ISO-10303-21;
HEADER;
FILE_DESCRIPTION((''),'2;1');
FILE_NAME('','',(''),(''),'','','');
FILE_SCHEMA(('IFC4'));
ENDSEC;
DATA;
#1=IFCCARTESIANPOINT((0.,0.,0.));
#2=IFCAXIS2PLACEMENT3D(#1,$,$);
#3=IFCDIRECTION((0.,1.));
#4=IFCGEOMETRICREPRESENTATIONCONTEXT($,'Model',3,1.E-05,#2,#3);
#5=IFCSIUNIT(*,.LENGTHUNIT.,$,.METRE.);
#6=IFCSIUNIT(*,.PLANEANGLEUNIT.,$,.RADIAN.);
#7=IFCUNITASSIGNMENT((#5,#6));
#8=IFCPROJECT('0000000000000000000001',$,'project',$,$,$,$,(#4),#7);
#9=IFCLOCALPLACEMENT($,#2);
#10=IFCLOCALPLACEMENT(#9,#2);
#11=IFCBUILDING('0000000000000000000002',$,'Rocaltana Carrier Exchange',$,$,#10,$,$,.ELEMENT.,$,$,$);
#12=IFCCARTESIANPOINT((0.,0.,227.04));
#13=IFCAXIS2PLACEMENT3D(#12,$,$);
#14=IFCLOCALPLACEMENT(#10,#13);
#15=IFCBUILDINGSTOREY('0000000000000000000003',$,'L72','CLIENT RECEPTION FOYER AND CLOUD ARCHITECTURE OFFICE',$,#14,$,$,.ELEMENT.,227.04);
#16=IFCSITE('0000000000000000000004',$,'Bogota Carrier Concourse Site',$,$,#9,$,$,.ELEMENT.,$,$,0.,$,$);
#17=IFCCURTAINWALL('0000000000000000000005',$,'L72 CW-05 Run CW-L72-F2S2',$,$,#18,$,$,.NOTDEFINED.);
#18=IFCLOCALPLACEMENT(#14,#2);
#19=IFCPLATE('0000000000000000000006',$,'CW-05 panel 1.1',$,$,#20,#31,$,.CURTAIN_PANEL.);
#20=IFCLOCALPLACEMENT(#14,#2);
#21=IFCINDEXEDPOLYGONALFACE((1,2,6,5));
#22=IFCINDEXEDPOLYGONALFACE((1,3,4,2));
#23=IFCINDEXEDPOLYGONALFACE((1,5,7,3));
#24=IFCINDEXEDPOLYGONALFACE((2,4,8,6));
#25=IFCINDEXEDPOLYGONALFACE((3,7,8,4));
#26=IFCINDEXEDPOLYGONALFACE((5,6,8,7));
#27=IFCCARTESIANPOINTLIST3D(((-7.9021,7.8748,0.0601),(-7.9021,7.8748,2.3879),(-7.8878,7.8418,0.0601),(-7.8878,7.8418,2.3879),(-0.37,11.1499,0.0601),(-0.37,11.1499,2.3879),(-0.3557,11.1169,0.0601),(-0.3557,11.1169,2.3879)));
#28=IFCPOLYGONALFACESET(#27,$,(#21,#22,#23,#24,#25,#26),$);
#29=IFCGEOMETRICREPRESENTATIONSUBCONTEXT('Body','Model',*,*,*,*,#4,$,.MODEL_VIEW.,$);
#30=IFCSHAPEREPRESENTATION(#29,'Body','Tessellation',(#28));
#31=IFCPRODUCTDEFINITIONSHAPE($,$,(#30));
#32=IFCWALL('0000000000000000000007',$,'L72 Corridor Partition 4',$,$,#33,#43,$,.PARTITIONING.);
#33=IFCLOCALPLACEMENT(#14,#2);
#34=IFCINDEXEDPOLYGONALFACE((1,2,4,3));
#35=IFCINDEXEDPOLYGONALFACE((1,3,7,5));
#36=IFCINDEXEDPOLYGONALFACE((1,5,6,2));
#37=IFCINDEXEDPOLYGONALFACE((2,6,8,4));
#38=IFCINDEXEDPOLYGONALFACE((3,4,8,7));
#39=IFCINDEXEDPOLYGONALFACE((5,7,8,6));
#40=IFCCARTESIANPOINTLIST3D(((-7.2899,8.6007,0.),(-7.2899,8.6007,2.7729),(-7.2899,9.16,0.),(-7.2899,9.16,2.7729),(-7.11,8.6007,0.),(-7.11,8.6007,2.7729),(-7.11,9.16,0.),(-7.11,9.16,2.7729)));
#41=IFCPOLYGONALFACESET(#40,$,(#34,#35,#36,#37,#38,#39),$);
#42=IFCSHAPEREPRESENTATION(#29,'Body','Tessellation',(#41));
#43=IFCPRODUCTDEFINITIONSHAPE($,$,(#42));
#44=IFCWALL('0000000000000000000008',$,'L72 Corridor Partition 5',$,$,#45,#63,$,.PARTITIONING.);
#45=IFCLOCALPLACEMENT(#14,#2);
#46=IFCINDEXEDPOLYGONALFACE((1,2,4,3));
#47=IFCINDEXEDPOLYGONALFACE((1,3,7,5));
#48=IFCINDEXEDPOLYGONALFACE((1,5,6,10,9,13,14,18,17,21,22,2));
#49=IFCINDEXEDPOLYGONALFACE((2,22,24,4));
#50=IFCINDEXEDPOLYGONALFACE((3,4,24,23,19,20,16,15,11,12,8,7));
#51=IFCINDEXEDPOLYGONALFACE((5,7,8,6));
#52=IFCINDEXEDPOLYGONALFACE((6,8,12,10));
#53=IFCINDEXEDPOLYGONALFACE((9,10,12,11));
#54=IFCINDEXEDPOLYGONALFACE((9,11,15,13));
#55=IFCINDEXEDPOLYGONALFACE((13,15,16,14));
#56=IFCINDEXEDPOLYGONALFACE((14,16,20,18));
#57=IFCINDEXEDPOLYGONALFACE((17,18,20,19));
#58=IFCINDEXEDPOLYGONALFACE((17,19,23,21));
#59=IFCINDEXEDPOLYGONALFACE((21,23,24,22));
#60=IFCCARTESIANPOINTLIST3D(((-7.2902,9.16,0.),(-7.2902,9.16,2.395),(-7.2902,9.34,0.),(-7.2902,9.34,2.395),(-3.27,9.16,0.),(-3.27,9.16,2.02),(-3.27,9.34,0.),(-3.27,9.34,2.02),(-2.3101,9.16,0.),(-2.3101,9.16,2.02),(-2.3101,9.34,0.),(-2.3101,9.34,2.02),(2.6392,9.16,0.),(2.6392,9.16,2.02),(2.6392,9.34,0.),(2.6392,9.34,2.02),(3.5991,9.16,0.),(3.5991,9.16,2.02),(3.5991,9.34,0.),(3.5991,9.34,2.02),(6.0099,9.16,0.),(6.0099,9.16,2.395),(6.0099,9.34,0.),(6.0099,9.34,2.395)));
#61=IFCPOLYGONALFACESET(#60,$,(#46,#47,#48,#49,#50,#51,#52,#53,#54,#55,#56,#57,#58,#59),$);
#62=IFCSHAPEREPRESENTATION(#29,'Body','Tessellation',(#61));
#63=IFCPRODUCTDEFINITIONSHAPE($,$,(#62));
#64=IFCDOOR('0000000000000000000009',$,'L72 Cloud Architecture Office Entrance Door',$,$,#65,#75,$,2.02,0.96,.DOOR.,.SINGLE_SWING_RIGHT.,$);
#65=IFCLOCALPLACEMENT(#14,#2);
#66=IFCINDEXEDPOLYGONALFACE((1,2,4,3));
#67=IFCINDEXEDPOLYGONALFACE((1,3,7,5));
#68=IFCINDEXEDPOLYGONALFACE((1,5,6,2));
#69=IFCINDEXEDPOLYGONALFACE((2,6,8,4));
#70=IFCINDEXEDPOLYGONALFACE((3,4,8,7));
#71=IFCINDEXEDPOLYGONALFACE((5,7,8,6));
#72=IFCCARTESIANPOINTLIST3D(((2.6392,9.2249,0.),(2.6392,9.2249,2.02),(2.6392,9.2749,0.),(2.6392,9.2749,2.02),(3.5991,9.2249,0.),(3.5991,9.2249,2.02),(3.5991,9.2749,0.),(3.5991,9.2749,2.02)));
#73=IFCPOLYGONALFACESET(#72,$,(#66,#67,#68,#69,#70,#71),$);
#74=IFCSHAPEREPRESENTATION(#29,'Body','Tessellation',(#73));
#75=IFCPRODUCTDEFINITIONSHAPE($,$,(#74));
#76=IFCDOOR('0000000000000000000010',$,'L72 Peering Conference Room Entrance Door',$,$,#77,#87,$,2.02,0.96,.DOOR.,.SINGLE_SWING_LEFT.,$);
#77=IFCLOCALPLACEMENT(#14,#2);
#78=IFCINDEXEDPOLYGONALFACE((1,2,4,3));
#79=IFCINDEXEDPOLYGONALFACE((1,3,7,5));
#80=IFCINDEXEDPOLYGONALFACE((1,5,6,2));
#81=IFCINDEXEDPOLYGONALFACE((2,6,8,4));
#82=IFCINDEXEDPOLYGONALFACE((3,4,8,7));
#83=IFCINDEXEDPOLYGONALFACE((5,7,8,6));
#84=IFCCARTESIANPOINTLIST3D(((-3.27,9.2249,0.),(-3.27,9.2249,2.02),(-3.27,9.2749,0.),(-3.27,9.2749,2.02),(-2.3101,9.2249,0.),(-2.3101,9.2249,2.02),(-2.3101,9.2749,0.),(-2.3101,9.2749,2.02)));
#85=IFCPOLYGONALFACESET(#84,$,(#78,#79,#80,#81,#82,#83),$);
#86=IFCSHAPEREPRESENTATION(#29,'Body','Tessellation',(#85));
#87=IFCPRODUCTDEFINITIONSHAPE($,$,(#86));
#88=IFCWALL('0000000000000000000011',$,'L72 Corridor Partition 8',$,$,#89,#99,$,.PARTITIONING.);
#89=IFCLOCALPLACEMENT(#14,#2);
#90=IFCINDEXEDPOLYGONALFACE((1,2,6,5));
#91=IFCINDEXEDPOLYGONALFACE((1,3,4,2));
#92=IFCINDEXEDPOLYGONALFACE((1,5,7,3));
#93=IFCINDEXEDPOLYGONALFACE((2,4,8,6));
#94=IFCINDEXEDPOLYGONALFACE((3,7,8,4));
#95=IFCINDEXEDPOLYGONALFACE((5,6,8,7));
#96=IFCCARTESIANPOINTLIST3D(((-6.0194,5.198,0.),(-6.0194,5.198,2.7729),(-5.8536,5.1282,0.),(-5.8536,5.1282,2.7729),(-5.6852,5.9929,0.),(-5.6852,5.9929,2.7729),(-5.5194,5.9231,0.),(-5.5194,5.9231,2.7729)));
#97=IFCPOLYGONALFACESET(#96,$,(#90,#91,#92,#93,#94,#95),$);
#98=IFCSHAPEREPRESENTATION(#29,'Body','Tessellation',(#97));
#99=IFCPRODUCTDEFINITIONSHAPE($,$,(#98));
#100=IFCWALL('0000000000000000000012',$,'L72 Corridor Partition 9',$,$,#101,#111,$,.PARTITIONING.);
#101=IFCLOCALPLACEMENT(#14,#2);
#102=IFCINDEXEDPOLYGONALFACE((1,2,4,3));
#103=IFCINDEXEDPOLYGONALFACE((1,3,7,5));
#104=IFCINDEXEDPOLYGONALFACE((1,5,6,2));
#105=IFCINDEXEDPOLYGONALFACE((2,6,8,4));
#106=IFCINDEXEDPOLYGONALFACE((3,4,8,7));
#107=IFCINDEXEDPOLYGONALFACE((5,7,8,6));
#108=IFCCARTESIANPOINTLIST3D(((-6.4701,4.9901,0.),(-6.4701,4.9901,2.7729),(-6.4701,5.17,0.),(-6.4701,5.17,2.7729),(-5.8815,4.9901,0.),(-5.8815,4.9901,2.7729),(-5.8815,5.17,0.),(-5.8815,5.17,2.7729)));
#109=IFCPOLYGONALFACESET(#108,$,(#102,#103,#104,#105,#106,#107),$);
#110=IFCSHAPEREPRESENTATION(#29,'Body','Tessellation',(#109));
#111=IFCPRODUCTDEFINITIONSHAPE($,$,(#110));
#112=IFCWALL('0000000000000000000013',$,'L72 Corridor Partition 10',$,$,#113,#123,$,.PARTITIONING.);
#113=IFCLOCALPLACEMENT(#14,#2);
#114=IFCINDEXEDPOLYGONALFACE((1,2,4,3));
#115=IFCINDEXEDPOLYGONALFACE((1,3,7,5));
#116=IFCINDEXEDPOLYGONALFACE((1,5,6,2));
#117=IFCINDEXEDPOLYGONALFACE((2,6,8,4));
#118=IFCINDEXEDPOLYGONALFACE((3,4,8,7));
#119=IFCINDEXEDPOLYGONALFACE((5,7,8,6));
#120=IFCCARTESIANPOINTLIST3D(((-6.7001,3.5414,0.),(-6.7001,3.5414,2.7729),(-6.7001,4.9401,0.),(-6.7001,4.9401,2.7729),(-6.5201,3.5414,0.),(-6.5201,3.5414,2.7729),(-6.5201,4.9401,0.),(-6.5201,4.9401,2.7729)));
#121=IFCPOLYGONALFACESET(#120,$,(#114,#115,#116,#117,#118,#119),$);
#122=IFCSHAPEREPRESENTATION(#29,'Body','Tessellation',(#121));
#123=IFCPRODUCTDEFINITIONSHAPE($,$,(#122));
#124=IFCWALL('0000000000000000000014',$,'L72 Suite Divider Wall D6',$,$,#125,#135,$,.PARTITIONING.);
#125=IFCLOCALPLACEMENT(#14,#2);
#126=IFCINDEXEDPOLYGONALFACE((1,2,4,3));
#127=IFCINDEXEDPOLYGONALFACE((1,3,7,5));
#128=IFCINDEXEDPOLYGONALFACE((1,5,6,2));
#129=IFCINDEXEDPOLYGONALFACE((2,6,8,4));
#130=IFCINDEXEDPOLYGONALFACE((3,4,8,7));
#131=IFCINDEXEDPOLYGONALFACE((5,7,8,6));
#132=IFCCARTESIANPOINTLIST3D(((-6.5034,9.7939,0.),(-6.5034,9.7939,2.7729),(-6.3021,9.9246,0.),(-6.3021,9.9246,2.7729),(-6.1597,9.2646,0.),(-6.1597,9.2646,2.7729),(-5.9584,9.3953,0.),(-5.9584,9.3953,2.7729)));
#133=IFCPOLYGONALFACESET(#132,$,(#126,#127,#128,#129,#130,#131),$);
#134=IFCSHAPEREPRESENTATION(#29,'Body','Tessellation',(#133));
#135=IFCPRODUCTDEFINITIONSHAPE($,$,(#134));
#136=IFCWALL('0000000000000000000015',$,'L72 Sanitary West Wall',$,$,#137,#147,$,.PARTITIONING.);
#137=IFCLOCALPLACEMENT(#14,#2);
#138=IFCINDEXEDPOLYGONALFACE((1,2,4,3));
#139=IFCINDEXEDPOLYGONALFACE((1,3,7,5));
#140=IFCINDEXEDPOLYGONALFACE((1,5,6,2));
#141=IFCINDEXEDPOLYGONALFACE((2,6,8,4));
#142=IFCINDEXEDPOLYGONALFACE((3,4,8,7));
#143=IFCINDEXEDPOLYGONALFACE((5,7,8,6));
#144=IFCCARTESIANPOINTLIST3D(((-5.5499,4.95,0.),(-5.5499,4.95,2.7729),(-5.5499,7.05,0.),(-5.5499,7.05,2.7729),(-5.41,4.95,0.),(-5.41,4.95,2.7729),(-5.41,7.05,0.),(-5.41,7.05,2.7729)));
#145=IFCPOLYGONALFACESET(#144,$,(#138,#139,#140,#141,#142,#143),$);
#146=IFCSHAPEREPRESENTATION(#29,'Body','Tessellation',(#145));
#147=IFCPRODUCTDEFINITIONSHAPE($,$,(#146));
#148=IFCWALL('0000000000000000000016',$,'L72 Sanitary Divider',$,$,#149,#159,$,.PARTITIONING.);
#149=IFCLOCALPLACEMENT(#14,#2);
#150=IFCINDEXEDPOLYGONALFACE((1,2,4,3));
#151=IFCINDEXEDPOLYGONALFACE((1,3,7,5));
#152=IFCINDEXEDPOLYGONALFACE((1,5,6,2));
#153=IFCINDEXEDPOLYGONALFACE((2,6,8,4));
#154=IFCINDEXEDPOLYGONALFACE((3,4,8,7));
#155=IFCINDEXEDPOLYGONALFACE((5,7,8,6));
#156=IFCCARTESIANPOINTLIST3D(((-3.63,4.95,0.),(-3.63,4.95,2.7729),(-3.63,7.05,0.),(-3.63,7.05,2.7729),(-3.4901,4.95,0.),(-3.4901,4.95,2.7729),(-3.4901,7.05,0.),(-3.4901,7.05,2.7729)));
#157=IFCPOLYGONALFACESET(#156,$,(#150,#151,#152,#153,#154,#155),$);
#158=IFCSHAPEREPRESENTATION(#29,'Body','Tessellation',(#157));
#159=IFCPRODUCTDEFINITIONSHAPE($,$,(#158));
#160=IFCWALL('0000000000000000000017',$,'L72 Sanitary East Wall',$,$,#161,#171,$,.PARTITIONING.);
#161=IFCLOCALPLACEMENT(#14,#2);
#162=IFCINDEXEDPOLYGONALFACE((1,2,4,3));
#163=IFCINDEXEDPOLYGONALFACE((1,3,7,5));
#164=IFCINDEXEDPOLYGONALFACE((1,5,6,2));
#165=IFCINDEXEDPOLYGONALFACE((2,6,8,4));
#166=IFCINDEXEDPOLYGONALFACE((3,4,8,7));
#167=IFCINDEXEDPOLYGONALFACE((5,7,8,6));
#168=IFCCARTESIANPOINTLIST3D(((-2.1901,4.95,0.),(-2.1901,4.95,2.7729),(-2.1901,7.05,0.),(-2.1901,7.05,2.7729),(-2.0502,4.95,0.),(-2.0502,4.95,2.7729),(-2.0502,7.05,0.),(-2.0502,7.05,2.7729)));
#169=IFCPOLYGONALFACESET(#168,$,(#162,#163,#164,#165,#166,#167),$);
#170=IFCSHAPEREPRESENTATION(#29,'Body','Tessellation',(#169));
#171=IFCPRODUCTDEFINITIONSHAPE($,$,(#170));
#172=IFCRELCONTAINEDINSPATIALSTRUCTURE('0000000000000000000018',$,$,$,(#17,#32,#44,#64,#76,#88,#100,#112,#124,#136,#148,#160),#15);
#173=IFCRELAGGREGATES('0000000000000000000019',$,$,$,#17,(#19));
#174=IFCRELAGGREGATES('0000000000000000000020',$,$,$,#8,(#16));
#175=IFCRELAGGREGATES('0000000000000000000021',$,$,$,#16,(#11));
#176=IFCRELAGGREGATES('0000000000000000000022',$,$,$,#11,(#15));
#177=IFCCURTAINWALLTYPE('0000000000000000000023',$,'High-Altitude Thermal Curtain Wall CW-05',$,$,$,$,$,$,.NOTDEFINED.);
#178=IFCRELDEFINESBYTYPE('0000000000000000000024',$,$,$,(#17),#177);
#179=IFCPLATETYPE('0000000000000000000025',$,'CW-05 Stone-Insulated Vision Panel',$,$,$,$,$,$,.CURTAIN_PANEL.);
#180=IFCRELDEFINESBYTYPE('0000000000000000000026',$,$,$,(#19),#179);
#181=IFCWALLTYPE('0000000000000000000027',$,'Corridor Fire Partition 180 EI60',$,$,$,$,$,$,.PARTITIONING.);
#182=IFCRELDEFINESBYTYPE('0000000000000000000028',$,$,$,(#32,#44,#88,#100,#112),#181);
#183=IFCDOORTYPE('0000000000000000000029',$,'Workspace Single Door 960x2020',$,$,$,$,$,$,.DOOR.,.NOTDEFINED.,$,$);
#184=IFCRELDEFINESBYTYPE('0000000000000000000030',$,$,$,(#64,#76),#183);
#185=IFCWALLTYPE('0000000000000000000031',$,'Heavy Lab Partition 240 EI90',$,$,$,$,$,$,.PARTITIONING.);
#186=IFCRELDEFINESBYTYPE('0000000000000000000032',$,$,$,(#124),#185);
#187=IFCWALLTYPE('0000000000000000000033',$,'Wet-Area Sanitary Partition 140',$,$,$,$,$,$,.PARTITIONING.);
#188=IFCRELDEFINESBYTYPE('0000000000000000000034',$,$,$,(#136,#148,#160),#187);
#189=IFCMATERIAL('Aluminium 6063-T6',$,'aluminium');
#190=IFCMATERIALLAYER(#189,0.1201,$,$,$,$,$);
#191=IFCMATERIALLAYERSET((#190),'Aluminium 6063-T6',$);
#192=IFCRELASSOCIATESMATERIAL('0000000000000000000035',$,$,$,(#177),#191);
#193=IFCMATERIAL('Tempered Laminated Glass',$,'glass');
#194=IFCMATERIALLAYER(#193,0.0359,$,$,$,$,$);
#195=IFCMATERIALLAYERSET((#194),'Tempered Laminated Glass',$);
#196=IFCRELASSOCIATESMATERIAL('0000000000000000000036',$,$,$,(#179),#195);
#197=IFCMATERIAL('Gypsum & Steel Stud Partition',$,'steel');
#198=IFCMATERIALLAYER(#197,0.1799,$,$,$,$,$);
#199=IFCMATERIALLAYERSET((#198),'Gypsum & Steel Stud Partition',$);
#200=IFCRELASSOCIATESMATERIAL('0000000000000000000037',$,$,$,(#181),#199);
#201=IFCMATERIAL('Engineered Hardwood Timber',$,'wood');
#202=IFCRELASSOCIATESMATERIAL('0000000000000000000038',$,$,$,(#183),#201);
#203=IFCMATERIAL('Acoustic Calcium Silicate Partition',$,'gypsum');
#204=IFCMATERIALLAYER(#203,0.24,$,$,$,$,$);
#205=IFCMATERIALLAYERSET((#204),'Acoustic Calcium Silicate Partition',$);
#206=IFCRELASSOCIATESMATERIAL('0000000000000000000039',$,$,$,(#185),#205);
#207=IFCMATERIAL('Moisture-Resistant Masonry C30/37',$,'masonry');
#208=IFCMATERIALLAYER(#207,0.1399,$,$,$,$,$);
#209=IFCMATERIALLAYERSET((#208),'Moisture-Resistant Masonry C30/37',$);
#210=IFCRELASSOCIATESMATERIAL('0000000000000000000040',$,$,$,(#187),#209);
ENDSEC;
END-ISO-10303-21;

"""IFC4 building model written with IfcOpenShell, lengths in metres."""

from ifc_helpers import new_model, si_unit, direction, frame, frame_2d, origin, origin_2d, place, context, subcontext, project, spatial, rectangle, extrude, material, layer, layer_set, type_object, element, fill, aggregate, save


model = new_model("IFC4")

# Units and contexts
model_context = context("Model", 3, precision=1e-05, world=origin(), true_north=direction((0.0, 1.0)))
body_context = subcontext(model_context, "Body", "Model", "MODEL_VIEW")
ifc_project = project(units=[si_unit("LENGTHUNIT", "METRE"), si_unit("PLANEANGLEUNIT", "RADIAN")], contexts=[model_context])

# Site, building, storey
site_placement = place(None, origin())
site = spatial("IfcSite", under=ifc_project, at=site_placement, Name="Bogota Carrier Concourse Site", CompositionType="ELEMENT", RefElevation=0.0)
building_placement = place(site_placement, origin())
building = spatial("IfcBuilding", under=site, at=building_placement, Name="Rocaltana Carrier Exchange", CompositionType="ELEMENT")
storey_placement = place(building_placement, frame((0.0, 0.0, 227.04)))
storey = spatial("IfcBuildingStorey", under=building, at=storey_placement, Name="L72", Description="CLIENT RECEPTION FOYER AND CLOUD ARCHITECTURE OFFICE", CompositionType="ELEMENT", Elevation=227.04)

# Curtain wall, plate
ifc_material_1 = material(Name="Aluminium 6063-T6", Category="aluminium")
ifc_layer_1 = layer(ifc_material_1, 0.1201)
ifc_layer_set_1 = layer_set([ifc_layer_1], Name="Aluminium 6063-T6")
curtain_wall_type = type_object("IfcCurtainWallType", Name="High-Altitude Thermal Curtain Wall CW-05", PredefinedType="NOTDEFINED", material=ifc_layer_set_1)
curtain_wall_placement = place(storey_placement, origin())
curtain_wall = element("IfcCurtainWall", 1, at=curtain_wall_placement, inside=storey, type_object=curtain_wall_type, Name="L72 CW-05 Run CW-L72-F2S2", PredefinedType="NOTDEFINED")
ifc_material_2 = material(Name="Tempered Laminated Glass", Category="glass")
ifc_layer_2 = layer(ifc_material_2, 0.0359)
ifc_layer_set_2 = layer_set([ifc_layer_2], Name="Tempered Laminated Glass")
plate_type = type_object("IfcPlateType", Name="CW-05 Stone-Insulated Vision Panel", PredefinedType="CURTAIN_PANEL", material=ifc_layer_set_2)
plate_placement = place(storey_placement, frame((-4.1289, 9.4958, 0.0601), z_axis=(0.0, 0.0, 1.0), x_axis=(-0.917059, -0.398752, 0.0)))
plate = element("IfcPlate", 2, at=plate_placement, type_object=plate_type, Name="CW-05 panel 1.1", PredefinedType="CURTAIN_PANEL", context=body_context, shape_type="SweptSolid", body=[
    extrude(rectangle(XDim=8.2134, YDim=0.0359, at=origin_2d()), origin(), (0.0, 0.0, 1.0), 2.3279),
])
aggregate(curtain_wall, [plate])

# Wall
ifc_material_3 = material(Name="Gypsum & Steel Stud Partition", Category="steel")
ifc_layer_3 = layer(ifc_material_3, 0.1799)
ifc_layer_set_3 = layer_set([ifc_layer_3], Name="Gypsum & Steel Stud Partition")
wall_type_1 = type_object("IfcWallType", Name="Corridor Fire Partition 180 EI60", PredefinedType="PARTITIONING", material=ifc_layer_set_3)
wall_1_placement = place(storey_placement, frame((-7.2, 8.6006, 0.0), z_axis=(0.0, 0.0, 1.0), x_axis=(0.0, 1.0, 0.0)))
element("IfcWall", 3, at=wall_1_placement, inside=storey, type_object=wall_type_1, Name="L72 Corridor Partition 4", PredefinedType="PARTITIONING", context=body_context, shape_type="SweptSolid", body=[
    extrude(rectangle(XDim=0.5593, YDim=0.1799, at=frame_2d((0.2798, 0.0))), origin(), (0.0, 0.0, 1.0), 2.7729),
])

# Wall, openings, doors
wall_2_placement = place(storey_placement, frame((-7.29, 9.25, 0.0), z_axis=(0.0, 0.0, 1.0), x_axis=(1.0, 0.0, 0.0)))
wall_2 = element("IfcWall", 4, at=wall_2_placement, inside=storey, type_object=wall_type_1, Name="L72 Corridor Partition 5", PredefinedType="PARTITIONING", context=body_context, shape_type="SweptSolid", body=[
    extrude(rectangle(XDim=13.3, YDim=0.1799, at=frame_2d((6.6499, 0.0))), origin(), (0.0, 0.0, 1.0), 2.395),
])
opening_1_placement = place(wall_2_placement, frame((9.9292, 0.0, 0.0)))
opening_1 = element("IfcOpeningElement", 5, at=opening_1_placement, cuts=wall_2, PredefinedType="OPENING", context=body_context, shape_type="SweptSolid", body=[
    extrude(rectangle(XDim=0.96, YDim=2.02, at=frame_2d((0.48, 1.01))), frame((0.0, 0.0999, 0.0), z_axis=(0.0, -1.0, 0.0), x_axis=(1.0, 0.0, 0.0)), (0.0, 0.0, 1.0), 0.2),
])
opening_2_placement = place(wall_2_placement, frame((4.02, 0.0, 0.0)))
opening_2 = element("IfcOpeningElement", 6, at=opening_2_placement, cuts=wall_2, PredefinedType="OPENING", context=body_context, shape_type="SweptSolid", body=[
    extrude(rectangle(XDim=0.96, YDim=2.02, at=frame_2d((0.48, 1.01))), frame((0.0, 0.0999, 0.0), z_axis=(0.0, -1.0, 0.0), x_axis=(1.0, 0.0, 0.0)), (0.0, 0.0, 1.0), 0.2),
])
ifc_material_4 = material(Name="Engineered Hardwood Timber", Category="wood")
door_type_1 = type_object("IfcDoorType", Name="Workspace Single Door 960x2020", OperationType="NOTDEFINED", PredefinedType="DOOR", material=ifc_material_4)
door_1_placement = place(opening_1_placement, origin())
door_1 = element("IfcDoor", 7, at=door_1_placement, inside=storey, type_object=door_type_1, Name="L72 Cloud Architecture Office Entrance Door", OperationType="SINGLE_SWING_RIGHT", OverallHeight=2.02, OverallWidth=0.96, PredefinedType="DOOR", context=body_context, shape_type="SweptSolid", body=[
    extrude(rectangle(XDim=0.96, YDim=2.02, at=frame_2d((0.48, 1.01))), frame((0.0, 0.0249, 0.0), z_axis=(0.0, -1.0, 0.0), x_axis=(1.0, 0.0, 0.0)), (0.0, 0.0, 1.0), 0.05),
])
fill(opening_1, door_1)
door_2_placement = place(opening_2_placement, origin())
door_2 = element("IfcDoor", 8, at=door_2_placement, inside=storey, type_object=door_type_1, Name="L72 Peering Conference Room Entrance Door", OperationType="SINGLE_SWING_LEFT", OverallHeight=2.02, OverallWidth=0.96, PredefinedType="DOOR", context=body_context, shape_type="SweptSolid", body=[
    extrude(rectangle(XDim=0.96, YDim=2.02, at=frame_2d((0.48, 1.01))), frame((0.0, 0.0249, 0.0), z_axis=(0.0, -1.0, 0.0), x_axis=(1.0, 0.0, 0.0)), (0.0, 0.0, 1.0), 0.05),
])
fill(opening_2, door_2)

# Walls
wall_3_placement = place(storey_placement, frame((-5.6023, 5.958, 0.0), z_axis=(0.0, 0.0, 1.0), x_axis=(-0.387589, -0.921832, 0.0)))
element("IfcWall", 9, at=wall_3_placement, inside=storey, type_object=wall_type_1, Name="L72 Corridor Partition 8", PredefinedType="PARTITIONING", context=body_context, shape_type="SweptSolid", body=[
    extrude(rectangle(XDim=0.8623, YDim=0.1799, at=frame_2d((0.4312, 0.0))), origin(), (0.0, 0.0, 1.0), 2.7729),
])
wall_4_placement = place(storey_placement, frame((-5.8813, 5.0801, 0.0), z_axis=(0.0, 0.0, 1.0), x_axis=(-1.0, 0.0, 0.0)))
element("IfcWall", 10, at=wall_4_placement, inside=storey, type_object=wall_type_1, Name="L72 Corridor Partition 9", PredefinedType="PARTITIONING", context=body_context, shape_type="SweptSolid", body=[
    extrude(rectangle(XDim=0.5886, YDim=0.1799, at=frame_2d((0.2944, 0.0))), origin(), (0.0, 0.0, 1.0), 2.7729),
])
wall_5_placement = place(storey_placement, frame((-6.6101, 4.9399, 0.0), z_axis=(0.0, 0.0, 1.0), x_axis=(0.0, -1.0, 0.0)))
element("IfcWall", 11, at=wall_5_placement, inside=storey, type_object=wall_type_1, Name="L72 Corridor Partition 10", PredefinedType="PARTITIONING", context=body_context, shape_type="SweptSolid", body=[
    extrude(rectangle(XDim=1.3987, YDim=0.1799, at=frame_2d((0.6992, 0.0))), origin(), (0.0, 0.0, 1.0), 2.7729),
])
ifc_material_5 = material(Name="Acoustic Calcium Silicate Partition", Category="gypsum")
ifc_layer_4 = layer(ifc_material_5, 0.24)
ifc_layer_set_4 = layer_set([ifc_layer_4], Name="Acoustic Calcium Silicate Partition")
wall_type_2 = type_object("IfcWallType", Name="Heavy Lab Partition 240 EI90", PredefinedType="PARTITIONING", material=ifc_layer_set_4)
wall_6_placement = place(storey_placement, frame((-6.0591, 9.3301, 0.0), z_axis=(0.0, 0.0, 1.0), x_axis=(-0.544662, 0.838656, 0.0)))
element("IfcWall", 12, at=wall_6_placement, inside=storey, type_object=wall_type_2, Name="L72 Suite Divider Wall D6", PredefinedType="PARTITIONING", context=body_context, shape_type="SweptSolid", body=[
    extrude(rectangle(XDim=0.6311, YDim=0.24, at=frame_2d((0.3154, 0.0))), origin(), (0.0, 0.0, 1.0), 2.7729),
])
ifc_material_6 = material(Name="Moisture-Resistant Masonry C30/37", Category="masonry")
ifc_layer_5 = layer(ifc_material_6, 0.1399)
ifc_layer_set_5 = layer_set([ifc_layer_5], Name="Moisture-Resistant Masonry C30/37")
wall_type_3 = type_object("IfcWallType", Name="Wet-Area Sanitary Partition 140", PredefinedType="PARTITIONING", material=ifc_layer_set_5)
for number, where, z_axis, x_axis, name in (
    (13, (-5.48, 4.95, 0.0), (0.0, 0.0, 1.0), (0.0, 1.0, 0.0), "L72 Sanitary West Wall"),
    (14, (-3.5601, 4.95, 0.0), (0.0, 0.0, 1.0), (0.0, 1.0, 0.0), "L72 Sanitary Divider"),
    (15, (-2.1201, 4.95, 0.0), (0.0, 0.0, 1.0), (0.0, 1.0, 0.0), "L72 Sanitary East Wall"),
):
    element("IfcWall", number, at=place(storey_placement, frame(where, z_axis=z_axis, x_axis=x_axis)), inside=storey, type_object=wall_type_3, Name=name, PredefinedType="PARTITIONING", context=body_context, shape_type="SweptSolid", body=[
        extrude(rectangle(XDim=2.1001, YDim=0.1399, at=frame_2d((1.05, 0.0))), origin(), (0.0, 0.0, 1.0), 2.7729),
    ])

save(model, "model.ifc")
